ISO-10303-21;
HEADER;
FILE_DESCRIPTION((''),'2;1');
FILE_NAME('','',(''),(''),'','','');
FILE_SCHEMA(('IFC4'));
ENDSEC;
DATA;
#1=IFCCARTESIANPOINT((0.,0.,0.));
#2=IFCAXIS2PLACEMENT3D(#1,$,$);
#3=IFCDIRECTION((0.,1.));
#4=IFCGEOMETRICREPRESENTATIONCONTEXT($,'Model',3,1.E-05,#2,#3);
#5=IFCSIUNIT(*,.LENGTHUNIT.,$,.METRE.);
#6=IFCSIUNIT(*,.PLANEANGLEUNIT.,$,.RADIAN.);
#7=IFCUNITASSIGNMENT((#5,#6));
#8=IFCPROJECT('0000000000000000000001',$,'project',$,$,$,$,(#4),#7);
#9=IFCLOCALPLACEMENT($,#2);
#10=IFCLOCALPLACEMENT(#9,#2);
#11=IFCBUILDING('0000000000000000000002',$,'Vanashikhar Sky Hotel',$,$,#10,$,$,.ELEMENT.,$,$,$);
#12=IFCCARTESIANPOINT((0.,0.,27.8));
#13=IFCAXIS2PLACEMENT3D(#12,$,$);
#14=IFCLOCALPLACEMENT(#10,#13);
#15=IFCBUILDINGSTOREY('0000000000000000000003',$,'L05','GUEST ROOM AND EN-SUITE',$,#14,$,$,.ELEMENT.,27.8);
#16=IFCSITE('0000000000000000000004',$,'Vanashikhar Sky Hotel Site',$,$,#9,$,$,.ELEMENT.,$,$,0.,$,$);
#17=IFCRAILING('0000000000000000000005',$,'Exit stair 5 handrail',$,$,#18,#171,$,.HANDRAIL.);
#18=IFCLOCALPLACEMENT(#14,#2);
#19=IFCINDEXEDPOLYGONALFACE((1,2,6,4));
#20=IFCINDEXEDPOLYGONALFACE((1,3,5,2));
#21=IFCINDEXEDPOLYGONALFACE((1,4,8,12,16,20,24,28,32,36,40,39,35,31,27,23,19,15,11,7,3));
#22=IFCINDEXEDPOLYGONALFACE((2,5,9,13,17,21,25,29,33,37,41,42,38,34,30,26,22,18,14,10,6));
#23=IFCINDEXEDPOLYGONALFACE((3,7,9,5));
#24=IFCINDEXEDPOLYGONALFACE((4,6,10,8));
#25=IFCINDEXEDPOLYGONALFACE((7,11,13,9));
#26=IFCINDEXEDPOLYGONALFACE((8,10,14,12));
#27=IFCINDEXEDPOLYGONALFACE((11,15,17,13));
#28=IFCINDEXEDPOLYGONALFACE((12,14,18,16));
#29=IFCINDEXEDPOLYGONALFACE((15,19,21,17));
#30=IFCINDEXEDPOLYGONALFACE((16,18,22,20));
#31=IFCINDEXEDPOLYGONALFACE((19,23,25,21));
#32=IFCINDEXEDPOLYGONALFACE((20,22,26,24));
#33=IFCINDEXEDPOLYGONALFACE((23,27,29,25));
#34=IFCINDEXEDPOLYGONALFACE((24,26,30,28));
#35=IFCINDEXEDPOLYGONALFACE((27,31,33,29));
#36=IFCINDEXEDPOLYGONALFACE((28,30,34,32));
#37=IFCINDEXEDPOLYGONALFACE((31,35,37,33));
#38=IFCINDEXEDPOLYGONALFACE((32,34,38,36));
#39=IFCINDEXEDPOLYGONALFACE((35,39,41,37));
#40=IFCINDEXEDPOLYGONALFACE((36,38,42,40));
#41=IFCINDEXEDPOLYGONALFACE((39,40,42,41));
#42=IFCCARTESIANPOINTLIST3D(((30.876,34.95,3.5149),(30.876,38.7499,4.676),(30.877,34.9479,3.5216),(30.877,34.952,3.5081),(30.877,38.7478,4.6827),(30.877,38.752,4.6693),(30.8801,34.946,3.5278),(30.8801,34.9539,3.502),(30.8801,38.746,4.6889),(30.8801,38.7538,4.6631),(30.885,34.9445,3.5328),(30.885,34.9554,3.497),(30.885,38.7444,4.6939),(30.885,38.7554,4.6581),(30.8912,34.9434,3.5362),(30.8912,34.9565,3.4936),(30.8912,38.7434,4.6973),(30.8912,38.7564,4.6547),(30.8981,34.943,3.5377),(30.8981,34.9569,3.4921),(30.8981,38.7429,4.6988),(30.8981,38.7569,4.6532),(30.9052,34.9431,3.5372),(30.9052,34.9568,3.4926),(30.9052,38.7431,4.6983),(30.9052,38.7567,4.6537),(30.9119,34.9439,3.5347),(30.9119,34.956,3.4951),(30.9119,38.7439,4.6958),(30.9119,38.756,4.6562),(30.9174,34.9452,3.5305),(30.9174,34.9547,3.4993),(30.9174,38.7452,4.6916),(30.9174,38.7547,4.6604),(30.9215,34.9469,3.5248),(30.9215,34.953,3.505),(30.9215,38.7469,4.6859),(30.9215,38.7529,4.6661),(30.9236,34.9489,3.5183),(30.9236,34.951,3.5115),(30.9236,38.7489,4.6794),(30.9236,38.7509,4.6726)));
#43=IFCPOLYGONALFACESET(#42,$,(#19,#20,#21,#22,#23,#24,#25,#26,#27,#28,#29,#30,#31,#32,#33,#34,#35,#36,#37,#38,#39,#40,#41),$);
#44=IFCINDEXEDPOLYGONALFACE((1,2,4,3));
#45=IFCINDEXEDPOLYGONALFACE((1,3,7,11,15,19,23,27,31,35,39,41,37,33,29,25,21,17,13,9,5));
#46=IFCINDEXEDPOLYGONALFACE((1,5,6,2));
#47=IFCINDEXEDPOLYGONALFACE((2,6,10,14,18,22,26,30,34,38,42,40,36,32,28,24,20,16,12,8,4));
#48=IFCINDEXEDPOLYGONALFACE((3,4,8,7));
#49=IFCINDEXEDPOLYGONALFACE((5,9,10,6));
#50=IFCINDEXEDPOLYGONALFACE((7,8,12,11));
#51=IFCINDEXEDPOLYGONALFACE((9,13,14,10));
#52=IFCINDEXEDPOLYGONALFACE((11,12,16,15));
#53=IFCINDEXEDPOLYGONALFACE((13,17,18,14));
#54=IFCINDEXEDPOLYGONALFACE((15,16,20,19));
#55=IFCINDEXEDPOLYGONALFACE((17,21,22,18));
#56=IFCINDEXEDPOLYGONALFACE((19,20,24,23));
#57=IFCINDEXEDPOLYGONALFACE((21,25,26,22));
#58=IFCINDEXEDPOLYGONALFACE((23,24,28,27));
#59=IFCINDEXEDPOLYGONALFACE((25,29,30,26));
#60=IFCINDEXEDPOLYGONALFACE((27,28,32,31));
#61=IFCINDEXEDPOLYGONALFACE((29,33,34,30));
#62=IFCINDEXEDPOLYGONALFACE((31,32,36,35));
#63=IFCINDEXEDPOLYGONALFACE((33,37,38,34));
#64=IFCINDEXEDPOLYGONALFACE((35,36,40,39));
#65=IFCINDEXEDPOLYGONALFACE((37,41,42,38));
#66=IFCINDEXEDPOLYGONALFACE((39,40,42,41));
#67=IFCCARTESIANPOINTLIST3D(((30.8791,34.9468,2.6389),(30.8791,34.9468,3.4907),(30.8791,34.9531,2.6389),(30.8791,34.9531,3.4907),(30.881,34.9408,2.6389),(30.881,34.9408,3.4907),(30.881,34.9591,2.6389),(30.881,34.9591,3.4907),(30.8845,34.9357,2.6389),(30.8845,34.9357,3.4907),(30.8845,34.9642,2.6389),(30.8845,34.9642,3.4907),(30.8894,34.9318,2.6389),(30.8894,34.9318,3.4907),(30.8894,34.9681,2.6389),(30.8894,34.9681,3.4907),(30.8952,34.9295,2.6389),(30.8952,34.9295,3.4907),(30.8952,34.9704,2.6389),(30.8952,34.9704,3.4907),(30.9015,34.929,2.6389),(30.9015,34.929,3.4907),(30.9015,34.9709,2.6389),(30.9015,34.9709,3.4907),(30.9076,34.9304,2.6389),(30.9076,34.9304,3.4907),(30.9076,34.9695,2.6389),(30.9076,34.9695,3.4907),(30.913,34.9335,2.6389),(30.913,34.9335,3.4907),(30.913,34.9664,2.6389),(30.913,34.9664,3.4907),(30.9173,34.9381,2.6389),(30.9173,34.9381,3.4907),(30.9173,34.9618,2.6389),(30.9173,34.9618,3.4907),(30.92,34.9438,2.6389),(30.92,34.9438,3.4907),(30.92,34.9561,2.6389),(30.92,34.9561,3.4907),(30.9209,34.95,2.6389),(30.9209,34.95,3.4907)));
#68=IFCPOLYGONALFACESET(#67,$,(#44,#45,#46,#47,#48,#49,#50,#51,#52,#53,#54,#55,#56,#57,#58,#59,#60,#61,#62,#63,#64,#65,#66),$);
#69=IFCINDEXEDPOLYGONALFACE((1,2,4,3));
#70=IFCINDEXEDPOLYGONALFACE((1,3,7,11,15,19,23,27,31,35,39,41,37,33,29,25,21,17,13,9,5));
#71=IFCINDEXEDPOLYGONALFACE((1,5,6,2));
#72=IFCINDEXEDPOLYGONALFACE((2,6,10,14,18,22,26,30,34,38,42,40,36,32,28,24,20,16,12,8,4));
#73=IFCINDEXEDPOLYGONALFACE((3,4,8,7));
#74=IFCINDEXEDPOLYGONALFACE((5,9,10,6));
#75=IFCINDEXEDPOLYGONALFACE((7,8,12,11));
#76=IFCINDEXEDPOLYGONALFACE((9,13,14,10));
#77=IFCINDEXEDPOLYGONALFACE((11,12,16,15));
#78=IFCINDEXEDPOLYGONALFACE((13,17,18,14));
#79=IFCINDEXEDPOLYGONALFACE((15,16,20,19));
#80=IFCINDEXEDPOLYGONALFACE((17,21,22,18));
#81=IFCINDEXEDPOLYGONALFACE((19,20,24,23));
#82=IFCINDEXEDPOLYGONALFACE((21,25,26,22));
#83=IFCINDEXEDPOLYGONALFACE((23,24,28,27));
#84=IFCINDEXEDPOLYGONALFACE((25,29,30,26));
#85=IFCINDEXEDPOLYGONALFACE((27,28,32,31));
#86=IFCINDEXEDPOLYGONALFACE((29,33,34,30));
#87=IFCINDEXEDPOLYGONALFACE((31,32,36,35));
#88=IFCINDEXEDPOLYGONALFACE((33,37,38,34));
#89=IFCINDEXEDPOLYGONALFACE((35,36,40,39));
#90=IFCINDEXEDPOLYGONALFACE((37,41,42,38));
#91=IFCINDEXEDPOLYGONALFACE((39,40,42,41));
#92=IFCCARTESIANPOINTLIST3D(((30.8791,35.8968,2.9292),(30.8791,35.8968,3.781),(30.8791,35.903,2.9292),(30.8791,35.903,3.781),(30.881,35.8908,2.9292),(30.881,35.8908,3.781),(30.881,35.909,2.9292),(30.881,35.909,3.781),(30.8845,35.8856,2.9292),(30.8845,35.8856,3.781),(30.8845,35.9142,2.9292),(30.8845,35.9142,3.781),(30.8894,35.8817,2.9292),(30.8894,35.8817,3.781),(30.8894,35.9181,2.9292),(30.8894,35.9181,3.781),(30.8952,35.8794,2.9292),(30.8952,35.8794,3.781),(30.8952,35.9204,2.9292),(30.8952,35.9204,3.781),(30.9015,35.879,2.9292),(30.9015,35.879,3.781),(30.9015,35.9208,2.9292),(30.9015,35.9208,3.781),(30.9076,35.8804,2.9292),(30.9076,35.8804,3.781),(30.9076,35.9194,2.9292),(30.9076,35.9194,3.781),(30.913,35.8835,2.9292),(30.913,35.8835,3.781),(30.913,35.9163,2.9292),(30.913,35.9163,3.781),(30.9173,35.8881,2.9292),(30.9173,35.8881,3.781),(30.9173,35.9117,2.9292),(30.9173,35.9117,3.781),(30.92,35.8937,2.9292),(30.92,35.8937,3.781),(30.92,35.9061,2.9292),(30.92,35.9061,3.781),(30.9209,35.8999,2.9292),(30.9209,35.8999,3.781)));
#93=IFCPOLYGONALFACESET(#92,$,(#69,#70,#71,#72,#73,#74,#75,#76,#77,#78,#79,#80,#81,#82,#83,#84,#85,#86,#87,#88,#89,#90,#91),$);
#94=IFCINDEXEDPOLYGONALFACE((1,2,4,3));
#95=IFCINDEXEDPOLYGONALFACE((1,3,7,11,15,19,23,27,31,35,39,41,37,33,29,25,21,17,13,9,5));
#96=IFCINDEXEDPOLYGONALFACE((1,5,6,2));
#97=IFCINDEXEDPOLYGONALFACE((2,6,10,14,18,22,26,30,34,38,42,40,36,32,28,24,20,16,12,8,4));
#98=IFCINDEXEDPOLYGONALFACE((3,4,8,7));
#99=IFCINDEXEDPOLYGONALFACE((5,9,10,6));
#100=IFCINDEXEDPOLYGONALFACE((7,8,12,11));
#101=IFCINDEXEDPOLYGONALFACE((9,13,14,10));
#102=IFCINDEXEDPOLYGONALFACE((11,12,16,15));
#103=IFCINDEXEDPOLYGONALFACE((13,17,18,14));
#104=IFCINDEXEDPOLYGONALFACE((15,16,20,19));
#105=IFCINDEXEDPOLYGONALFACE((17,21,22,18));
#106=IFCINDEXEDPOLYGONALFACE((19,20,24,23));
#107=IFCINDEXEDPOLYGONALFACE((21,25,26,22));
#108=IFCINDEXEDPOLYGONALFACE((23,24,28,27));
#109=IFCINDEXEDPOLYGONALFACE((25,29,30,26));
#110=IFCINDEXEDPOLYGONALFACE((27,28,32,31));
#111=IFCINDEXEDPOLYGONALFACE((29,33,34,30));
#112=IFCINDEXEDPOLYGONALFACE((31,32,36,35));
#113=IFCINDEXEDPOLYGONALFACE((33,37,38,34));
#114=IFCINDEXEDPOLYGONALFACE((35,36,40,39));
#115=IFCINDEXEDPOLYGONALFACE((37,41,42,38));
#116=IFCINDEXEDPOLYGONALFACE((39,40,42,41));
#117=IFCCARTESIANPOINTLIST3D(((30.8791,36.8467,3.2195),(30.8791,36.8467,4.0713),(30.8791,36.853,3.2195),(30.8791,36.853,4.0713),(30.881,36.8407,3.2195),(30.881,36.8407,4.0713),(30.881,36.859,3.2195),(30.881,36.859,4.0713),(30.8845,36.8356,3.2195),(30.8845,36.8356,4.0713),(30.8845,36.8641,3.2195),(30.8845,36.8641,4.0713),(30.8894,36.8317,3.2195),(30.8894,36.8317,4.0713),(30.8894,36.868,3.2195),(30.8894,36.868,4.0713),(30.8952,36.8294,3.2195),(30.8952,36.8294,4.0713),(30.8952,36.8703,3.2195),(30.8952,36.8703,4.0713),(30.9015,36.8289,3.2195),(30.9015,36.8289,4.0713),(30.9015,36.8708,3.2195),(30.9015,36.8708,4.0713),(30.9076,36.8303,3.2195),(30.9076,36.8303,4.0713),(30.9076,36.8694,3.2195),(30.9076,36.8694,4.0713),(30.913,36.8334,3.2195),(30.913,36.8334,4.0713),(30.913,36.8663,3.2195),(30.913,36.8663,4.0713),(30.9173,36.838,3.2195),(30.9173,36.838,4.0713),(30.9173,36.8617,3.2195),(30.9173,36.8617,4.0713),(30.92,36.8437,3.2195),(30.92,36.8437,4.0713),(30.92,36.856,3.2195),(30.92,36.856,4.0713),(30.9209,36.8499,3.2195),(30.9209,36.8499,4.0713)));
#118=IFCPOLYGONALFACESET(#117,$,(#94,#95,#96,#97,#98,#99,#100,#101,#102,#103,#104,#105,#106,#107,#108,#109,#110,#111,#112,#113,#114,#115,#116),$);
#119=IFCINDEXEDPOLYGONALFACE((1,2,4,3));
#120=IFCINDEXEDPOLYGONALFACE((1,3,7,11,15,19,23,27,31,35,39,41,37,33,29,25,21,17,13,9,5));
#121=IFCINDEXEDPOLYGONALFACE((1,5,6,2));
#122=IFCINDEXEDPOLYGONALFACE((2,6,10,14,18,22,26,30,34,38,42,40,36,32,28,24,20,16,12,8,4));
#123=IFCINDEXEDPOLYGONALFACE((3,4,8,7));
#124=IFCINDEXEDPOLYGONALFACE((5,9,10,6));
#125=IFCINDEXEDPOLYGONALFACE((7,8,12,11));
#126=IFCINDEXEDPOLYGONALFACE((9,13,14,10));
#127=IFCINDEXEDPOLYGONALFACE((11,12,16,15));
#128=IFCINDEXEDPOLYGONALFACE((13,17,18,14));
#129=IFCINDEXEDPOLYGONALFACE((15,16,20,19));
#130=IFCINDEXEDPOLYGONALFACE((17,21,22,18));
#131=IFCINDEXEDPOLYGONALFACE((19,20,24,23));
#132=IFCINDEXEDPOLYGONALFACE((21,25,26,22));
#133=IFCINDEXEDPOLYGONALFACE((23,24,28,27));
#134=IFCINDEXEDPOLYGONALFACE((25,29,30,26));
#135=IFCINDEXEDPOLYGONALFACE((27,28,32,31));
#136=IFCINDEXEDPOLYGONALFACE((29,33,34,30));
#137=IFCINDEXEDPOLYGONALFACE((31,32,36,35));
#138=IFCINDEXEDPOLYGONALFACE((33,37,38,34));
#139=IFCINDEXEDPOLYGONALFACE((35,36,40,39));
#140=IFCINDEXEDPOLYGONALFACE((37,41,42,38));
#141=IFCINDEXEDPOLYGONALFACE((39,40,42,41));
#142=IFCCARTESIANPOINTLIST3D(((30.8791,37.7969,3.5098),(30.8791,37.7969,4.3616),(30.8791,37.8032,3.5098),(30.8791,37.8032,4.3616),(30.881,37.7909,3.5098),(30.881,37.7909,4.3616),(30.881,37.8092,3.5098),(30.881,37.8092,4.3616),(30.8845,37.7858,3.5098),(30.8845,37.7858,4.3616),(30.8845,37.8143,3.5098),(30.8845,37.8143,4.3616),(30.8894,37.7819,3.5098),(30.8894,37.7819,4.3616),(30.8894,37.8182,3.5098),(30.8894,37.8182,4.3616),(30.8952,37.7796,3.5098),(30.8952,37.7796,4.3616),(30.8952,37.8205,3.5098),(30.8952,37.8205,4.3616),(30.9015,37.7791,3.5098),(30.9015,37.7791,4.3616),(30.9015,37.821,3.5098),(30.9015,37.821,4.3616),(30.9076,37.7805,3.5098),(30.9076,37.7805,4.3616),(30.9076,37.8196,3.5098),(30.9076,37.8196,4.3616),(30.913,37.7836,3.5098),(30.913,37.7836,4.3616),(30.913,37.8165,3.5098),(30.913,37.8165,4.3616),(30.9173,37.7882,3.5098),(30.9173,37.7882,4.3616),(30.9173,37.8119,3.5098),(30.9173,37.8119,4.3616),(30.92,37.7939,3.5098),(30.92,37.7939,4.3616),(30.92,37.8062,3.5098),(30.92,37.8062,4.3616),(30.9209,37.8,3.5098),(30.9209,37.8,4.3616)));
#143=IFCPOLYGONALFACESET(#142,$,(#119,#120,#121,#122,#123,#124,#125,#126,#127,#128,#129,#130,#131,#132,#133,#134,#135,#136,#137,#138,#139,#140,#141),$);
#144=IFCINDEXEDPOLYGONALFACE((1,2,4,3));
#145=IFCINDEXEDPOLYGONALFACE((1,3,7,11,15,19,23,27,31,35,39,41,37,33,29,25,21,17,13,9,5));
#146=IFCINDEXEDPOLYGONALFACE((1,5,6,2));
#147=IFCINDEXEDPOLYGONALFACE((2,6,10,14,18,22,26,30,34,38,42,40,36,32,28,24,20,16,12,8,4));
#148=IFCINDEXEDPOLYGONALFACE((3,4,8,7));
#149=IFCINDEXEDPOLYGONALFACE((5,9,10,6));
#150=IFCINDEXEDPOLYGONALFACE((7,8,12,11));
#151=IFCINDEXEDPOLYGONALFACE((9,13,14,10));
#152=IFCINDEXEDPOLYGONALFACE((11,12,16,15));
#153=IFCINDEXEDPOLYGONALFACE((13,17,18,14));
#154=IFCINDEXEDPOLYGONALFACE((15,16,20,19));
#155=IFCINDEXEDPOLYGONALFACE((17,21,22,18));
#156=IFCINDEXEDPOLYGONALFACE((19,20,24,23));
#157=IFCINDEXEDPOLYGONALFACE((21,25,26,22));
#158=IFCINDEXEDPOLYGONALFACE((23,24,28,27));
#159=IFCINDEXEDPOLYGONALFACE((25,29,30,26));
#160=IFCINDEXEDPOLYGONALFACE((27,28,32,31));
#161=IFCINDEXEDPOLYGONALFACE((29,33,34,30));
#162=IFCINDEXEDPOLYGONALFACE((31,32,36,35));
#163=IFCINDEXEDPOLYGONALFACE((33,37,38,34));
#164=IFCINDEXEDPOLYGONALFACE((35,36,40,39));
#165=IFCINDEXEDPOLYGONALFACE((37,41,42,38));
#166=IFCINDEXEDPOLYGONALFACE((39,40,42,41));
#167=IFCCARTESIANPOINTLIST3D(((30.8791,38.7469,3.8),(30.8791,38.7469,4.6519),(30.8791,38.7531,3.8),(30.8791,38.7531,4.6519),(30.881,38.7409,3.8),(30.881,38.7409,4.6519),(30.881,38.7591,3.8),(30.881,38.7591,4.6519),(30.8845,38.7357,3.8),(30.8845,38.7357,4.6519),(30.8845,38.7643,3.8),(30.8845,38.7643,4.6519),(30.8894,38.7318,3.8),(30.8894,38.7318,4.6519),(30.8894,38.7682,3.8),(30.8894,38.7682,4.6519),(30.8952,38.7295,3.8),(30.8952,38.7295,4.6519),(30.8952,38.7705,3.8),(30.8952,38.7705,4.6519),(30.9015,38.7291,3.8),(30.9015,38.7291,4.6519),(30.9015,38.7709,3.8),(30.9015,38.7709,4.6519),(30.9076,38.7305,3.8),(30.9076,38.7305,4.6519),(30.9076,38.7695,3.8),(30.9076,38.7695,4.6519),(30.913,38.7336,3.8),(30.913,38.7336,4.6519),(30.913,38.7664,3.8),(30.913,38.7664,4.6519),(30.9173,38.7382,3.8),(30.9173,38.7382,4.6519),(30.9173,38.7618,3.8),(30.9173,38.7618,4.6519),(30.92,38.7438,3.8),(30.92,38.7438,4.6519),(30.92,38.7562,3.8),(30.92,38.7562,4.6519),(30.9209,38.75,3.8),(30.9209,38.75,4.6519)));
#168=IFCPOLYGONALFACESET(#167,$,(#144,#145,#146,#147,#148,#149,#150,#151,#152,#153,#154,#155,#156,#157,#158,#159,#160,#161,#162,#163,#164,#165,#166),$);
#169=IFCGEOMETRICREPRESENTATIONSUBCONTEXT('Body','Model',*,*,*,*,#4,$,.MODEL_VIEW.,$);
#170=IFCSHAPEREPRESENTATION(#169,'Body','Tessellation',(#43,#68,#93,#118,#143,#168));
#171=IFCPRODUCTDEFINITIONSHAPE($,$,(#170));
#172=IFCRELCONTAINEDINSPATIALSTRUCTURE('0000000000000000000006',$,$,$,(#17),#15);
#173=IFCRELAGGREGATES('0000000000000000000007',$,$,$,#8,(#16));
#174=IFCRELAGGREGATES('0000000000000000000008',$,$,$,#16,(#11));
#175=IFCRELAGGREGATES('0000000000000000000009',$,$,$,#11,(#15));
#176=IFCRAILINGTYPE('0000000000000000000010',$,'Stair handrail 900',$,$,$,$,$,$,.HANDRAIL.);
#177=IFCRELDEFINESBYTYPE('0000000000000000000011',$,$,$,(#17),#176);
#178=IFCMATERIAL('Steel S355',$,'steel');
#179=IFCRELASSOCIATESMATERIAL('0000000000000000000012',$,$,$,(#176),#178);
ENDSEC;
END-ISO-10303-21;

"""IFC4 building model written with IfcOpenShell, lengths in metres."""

from ifc_helpers import new_model, si_unit, direction, frame, origin, origin_2d, place, context, subcontext, project, spatial, circle, extrude, source, transform, mapped, material, type_object, element, save


model = new_model("IFC4")

# Units and contexts
model_context = context("Model", 3, precision=1e-05, world=origin(), true_north=direction((0.0, 1.0)))
body_context = subcontext(model_context, "Body", "Model", "MODEL_VIEW")
ifc_project = project(units=[si_unit("LENGTHUNIT", "METRE"), si_unit("PLANEANGLEUNIT", "RADIAN")], contexts=[model_context])

# Site, building, storey
site_placement = place(None, origin())
site = spatial("IfcSite", under=ifc_project, at=site_placement, Name="Vanashikhar Sky Hotel Site", CompositionType="ELEMENT", RefElevation=0.0)
building_placement = place(site_placement, origin())
building = spatial("IfcBuilding", under=site, at=building_placement, Name="Vanashikhar Sky Hotel", CompositionType="ELEMENT")
storey_placement = place(building_placement, frame((0.0, 0.0, 27.8)))
storey = spatial("IfcBuildingStorey", under=building, at=storey_placement, Name="L05", Description="GUEST ROOM AND EN-SUITE", CompositionType="ELEMENT", Elevation=27.8)

# Railing
ifc_material_1 = material(Name="Steel S355", Category="steel")
railing_type_1 = type_object("IfcRailingType", Name="Stair handrail 900", PredefinedType="HANDRAIL", material=ifc_material_1)
shared_shape_1 = source(origin(), body_context, "Body", "SweptSolid", [
    extrude(circle(Radius=0.0239, at=origin_2d()), frame((0.0, 0.0, 0.876), z_axis=(0.0, 0.956351, 0.29222), x_axis=(-1.0, 0.0, 0.0)), (0.0, 0.0, 1.0), 3.9734),
    extrude(circle(Radius=0.021, at=origin_2d()), origin(), (0.0, 0.0, 1.0), 0.8518),
    extrude(circle(Radius=0.021, at=origin_2d()), frame((0.0, 0.95, 0.2903)), (0.0, 0.0, 1.0), 0.8518),
    extrude(circle(Radius=0.021, at=origin_2d()), frame((0.0, 1.8999, 0.5806)), (0.0, 0.0, 1.0), 0.8518),
    extrude(circle(Radius=0.021, at=origin_2d()), frame((0.0, 2.8501, 0.8708)), (0.0, 0.0, 1.0), 0.8518),
    extrude(circle(Radius=0.021, at=origin_2d()), frame((0.0, 3.8, 1.1611)), (0.0, 0.0, 1.0), 0.8518),
])
for number, where, name in (
    (1, (30.8999, 34.95, 2.6389), "Exit stair 5 handrail"),
):
    element("IfcRailing", number, at=place(storey_placement, frame(where)), inside=storey, type_object=railing_type_1, Name=name, PredefinedType="HANDRAIL", context=body_context, shape_type="MappedRepresentation", body=[
        mapped(shared_shape_1, transform((0.0, 0.0, 0.0), scale=1.0)),
    ])

save(model, "model.ifc")
